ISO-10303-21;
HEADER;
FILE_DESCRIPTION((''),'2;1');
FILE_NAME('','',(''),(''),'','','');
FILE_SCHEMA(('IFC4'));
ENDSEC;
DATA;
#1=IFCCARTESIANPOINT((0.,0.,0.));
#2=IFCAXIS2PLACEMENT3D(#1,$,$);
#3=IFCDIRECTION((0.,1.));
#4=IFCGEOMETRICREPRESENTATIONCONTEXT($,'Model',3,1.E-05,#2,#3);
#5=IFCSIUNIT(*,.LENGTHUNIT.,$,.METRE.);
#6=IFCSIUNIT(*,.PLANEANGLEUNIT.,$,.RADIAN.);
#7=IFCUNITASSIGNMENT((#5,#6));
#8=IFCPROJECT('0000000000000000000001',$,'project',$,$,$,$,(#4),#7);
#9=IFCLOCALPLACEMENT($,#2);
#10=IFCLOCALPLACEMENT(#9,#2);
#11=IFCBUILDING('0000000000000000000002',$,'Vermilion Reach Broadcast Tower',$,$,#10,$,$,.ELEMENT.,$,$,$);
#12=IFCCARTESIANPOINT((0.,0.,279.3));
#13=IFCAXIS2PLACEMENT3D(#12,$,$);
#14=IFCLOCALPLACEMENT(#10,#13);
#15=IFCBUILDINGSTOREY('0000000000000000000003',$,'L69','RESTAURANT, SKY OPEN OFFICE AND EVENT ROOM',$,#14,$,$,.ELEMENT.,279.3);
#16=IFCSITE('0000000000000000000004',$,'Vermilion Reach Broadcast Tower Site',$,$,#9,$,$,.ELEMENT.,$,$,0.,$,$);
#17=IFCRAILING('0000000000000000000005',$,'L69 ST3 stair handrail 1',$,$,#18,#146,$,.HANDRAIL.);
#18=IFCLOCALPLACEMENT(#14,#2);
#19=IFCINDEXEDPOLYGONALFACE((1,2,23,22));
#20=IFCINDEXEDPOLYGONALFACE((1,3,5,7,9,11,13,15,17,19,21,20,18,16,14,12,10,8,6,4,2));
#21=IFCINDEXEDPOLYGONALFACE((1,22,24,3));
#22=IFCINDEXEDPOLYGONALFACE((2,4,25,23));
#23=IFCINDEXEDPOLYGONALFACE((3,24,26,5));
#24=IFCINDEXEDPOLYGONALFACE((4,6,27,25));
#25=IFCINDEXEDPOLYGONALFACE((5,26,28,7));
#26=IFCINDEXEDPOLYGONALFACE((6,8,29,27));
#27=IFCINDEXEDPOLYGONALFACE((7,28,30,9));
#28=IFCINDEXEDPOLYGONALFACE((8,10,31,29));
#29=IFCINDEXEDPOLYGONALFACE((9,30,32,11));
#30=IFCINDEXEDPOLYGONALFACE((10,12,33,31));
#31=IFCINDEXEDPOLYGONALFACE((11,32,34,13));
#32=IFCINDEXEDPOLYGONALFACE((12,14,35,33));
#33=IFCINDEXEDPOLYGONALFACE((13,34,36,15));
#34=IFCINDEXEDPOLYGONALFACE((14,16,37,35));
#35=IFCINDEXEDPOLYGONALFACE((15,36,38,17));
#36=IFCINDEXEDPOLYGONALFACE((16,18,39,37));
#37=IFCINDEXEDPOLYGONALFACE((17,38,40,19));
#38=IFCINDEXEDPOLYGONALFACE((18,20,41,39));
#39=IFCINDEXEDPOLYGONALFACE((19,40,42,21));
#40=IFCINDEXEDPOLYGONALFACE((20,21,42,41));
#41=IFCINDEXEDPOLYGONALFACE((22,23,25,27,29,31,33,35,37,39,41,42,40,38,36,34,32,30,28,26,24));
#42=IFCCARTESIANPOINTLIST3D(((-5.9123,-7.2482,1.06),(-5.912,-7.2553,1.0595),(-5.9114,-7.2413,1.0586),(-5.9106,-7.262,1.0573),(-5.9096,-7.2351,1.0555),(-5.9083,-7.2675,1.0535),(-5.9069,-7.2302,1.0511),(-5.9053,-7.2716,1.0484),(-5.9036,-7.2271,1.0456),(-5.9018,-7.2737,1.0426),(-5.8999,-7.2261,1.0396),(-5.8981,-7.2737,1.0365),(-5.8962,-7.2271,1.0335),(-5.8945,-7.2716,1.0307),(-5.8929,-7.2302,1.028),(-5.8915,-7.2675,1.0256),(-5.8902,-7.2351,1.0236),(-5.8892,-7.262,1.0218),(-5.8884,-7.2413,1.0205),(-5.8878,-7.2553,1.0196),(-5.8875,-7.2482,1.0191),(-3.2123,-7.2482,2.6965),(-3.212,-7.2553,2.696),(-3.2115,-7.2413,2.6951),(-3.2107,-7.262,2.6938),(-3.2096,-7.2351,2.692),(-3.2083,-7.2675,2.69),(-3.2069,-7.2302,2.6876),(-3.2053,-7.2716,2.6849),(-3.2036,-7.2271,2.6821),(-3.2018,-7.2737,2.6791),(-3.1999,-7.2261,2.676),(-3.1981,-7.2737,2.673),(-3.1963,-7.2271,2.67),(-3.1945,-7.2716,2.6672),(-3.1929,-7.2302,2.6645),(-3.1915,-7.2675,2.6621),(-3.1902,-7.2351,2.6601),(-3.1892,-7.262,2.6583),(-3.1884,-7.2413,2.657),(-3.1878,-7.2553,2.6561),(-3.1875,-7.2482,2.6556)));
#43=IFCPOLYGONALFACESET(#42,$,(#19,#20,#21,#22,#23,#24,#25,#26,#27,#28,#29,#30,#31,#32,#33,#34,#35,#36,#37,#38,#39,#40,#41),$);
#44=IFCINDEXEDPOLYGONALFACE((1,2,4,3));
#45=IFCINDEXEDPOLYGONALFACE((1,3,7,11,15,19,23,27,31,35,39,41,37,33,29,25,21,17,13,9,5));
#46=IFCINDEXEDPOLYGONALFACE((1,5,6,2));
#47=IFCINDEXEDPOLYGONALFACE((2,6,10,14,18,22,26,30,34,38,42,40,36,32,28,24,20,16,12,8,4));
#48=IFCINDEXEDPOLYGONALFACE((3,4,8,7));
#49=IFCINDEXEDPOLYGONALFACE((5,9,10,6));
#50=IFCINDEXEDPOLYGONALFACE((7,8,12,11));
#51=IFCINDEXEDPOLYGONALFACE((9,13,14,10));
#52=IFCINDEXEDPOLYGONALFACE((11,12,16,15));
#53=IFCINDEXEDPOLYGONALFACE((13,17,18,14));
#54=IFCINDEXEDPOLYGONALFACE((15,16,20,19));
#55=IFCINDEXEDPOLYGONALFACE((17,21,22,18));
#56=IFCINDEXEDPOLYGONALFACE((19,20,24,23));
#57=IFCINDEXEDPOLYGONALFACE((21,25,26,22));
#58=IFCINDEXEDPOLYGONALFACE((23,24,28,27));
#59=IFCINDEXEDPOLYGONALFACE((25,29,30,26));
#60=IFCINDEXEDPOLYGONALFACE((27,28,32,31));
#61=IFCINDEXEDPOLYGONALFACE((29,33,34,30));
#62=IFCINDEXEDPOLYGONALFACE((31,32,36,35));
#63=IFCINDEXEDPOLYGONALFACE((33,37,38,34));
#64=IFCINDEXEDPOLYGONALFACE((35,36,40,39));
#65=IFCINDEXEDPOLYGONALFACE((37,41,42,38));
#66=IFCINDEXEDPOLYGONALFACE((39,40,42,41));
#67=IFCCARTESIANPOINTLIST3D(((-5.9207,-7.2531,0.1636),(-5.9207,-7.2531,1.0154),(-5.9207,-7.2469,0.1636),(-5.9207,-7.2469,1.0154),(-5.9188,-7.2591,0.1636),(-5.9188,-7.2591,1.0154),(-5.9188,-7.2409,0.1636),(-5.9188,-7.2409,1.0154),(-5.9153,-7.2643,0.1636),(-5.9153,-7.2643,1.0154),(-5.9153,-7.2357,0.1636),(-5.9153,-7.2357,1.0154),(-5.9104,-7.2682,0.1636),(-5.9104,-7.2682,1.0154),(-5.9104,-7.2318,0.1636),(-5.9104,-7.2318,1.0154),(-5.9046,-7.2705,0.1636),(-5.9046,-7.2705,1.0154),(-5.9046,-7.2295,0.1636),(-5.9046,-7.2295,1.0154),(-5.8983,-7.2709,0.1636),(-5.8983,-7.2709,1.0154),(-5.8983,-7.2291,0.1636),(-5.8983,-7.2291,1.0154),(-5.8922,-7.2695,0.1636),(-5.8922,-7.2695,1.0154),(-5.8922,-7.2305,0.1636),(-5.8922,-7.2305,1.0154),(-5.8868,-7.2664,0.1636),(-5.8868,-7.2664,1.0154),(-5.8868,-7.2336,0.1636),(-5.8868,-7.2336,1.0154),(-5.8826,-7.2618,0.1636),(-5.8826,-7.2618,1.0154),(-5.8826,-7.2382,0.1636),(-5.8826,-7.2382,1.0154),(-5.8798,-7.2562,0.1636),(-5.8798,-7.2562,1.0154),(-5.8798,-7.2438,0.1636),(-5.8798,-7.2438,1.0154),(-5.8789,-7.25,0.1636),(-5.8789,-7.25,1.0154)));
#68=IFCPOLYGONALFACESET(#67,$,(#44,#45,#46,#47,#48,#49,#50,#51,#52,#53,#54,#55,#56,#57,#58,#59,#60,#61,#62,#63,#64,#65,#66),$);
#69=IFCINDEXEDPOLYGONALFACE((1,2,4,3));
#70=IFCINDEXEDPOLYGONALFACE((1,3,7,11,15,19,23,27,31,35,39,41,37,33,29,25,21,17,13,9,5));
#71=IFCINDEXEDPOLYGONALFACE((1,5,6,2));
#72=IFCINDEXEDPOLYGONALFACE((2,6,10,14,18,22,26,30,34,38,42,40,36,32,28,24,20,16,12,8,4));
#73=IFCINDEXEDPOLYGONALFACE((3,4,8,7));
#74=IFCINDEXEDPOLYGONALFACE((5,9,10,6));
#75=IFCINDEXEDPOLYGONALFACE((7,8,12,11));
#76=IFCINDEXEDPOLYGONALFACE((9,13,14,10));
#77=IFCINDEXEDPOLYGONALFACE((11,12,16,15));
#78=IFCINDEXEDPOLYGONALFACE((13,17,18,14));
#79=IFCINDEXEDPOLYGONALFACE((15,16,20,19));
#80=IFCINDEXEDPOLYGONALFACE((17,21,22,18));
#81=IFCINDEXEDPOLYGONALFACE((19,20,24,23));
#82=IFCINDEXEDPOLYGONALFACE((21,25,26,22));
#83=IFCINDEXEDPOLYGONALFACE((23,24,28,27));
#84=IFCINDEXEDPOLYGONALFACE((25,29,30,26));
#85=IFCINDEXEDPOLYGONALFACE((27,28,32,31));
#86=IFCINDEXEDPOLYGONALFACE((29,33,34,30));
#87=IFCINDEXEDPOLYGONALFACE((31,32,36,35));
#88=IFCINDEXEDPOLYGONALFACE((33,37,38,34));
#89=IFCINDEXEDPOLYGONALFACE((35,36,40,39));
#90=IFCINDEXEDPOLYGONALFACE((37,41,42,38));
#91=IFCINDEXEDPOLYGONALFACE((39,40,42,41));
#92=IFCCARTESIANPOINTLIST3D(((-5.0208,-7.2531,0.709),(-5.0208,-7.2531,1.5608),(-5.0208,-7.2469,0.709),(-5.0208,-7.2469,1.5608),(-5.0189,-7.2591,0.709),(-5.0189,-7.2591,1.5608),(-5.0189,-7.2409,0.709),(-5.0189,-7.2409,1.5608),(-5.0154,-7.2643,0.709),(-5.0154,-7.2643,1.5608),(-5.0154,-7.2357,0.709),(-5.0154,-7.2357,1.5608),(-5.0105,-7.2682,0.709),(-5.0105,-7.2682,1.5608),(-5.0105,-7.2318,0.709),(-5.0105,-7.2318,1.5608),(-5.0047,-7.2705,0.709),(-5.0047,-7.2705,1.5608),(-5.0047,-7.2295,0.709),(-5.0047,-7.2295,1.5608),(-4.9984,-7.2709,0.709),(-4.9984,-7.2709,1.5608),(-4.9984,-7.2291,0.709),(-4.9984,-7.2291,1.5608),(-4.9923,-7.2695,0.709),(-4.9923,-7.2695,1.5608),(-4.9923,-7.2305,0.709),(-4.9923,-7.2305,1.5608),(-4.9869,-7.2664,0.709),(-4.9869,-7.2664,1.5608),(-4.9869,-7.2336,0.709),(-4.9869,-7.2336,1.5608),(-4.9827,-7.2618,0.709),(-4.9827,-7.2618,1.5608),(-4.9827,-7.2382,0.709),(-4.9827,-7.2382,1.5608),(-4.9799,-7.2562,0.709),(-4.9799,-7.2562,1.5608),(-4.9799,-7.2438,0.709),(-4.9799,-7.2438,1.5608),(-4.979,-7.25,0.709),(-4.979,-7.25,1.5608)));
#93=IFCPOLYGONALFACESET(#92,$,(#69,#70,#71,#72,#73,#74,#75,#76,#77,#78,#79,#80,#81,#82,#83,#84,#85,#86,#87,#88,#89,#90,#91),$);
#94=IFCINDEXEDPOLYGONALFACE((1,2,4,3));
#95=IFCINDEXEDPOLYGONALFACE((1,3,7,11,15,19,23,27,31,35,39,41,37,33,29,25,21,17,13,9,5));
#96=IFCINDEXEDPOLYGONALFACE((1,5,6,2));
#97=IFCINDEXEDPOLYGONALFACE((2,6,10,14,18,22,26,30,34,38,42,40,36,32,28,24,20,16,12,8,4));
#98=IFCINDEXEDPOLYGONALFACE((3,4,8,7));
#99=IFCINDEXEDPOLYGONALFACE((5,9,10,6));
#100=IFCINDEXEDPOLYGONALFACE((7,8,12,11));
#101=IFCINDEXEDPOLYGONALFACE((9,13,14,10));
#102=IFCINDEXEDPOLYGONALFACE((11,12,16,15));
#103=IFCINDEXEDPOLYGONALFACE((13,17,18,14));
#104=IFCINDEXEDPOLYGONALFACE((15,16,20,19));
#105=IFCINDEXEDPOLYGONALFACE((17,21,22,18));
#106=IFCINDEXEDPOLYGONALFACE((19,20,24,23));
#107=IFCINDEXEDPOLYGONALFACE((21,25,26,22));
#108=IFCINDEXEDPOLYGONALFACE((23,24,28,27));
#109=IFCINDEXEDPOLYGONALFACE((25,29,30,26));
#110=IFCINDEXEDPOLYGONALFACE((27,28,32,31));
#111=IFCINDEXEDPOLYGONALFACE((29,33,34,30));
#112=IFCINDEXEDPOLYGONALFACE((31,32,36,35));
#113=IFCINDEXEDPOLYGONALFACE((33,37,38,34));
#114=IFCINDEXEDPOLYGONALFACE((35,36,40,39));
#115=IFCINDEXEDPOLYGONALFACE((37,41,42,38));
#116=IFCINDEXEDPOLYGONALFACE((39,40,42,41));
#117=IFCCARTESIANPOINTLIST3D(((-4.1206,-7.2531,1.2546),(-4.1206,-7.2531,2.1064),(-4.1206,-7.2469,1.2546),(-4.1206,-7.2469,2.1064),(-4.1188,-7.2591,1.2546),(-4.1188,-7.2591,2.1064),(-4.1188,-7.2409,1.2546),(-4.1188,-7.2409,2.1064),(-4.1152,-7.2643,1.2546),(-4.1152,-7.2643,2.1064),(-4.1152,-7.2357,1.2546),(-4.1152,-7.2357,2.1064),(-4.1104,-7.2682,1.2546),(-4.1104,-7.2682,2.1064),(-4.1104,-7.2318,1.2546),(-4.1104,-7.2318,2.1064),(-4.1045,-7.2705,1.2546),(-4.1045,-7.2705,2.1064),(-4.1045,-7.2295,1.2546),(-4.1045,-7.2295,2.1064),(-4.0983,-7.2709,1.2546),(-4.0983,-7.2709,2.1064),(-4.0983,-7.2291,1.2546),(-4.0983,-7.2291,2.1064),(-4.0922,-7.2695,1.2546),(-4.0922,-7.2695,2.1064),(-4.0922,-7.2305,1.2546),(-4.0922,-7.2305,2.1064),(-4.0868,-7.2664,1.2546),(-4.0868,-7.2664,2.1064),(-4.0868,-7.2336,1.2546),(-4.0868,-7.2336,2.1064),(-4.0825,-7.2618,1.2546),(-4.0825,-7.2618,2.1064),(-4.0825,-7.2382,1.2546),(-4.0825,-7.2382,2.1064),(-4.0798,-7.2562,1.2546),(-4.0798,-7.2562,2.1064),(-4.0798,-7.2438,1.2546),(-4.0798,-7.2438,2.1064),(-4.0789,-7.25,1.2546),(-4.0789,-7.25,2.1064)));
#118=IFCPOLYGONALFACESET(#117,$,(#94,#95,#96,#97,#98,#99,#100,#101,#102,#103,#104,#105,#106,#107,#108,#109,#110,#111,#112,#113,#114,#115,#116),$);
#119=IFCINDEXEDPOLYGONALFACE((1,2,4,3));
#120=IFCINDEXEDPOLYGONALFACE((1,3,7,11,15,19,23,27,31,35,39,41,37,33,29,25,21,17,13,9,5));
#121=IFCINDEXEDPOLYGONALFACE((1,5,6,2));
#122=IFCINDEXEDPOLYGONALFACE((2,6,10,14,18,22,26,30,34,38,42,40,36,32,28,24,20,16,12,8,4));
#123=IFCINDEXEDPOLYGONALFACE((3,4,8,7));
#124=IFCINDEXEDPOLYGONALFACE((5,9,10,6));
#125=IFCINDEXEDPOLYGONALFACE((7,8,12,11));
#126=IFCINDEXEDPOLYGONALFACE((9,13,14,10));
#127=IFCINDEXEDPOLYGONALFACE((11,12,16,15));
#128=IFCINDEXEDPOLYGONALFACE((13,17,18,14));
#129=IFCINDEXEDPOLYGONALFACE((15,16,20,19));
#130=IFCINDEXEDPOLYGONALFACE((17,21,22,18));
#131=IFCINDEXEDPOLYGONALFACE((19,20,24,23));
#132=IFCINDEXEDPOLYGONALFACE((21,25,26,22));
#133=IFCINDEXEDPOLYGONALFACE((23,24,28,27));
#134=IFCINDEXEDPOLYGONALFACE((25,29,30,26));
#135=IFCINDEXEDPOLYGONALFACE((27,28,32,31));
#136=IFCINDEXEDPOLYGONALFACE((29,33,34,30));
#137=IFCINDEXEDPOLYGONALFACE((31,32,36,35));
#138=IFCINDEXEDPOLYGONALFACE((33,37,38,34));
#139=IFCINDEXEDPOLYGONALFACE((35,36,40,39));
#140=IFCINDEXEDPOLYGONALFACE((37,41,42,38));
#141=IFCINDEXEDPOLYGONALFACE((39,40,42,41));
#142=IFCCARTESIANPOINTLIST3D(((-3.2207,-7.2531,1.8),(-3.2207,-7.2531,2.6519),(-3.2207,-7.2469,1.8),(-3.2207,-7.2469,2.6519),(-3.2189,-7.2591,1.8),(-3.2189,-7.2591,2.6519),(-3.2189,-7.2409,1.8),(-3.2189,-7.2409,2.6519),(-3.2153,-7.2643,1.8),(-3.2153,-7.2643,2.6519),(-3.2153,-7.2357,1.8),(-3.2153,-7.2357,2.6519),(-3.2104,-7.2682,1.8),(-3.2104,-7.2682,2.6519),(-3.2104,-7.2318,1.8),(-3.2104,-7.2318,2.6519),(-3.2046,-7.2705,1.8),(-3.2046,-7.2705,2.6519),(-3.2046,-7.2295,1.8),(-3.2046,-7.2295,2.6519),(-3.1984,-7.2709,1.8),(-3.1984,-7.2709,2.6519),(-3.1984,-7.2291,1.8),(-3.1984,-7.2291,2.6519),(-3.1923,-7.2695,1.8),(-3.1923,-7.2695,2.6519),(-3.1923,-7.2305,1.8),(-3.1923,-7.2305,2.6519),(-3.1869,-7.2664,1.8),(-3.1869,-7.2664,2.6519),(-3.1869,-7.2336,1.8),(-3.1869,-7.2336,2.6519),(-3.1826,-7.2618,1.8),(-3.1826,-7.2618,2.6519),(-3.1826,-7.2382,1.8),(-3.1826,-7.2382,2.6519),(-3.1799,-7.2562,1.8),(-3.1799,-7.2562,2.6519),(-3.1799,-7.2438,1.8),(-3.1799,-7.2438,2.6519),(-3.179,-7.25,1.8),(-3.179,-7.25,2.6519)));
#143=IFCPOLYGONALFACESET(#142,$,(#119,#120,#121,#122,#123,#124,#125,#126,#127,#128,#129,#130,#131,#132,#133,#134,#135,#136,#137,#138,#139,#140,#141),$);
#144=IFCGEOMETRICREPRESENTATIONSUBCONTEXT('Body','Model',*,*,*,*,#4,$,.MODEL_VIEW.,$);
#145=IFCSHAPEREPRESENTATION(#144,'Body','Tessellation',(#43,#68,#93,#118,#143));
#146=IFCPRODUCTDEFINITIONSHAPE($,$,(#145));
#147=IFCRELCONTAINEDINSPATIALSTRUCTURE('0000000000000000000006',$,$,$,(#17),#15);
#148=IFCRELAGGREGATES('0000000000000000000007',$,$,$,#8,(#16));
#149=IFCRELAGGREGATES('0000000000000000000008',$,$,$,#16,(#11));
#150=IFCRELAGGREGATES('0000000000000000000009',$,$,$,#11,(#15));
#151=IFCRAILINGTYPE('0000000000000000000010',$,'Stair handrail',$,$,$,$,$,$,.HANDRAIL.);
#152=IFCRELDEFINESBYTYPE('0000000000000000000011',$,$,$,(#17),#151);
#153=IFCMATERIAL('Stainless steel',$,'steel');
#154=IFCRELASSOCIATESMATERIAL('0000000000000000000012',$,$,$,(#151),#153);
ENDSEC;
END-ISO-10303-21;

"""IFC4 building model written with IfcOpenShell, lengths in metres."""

from ifc_helpers import new_model, si_unit, direction, frame, origin, origin_2d, place, context, subcontext, project, spatial, circle, extrude, material, type_object, element, save


model = new_model("IFC4")

# Units and contexts
model_context = context("Model", 3, precision=1e-05, world=origin(), true_north=direction((0.0, 1.0)))
body_context = subcontext(model_context, "Body", "Model", "MODEL_VIEW")
ifc_project = project(units=[si_unit("LENGTHUNIT", "METRE"), si_unit("PLANEANGLEUNIT", "RADIAN")], contexts=[model_context])

# Site, building, storey
site_placement = place(None, origin())
site = spatial("IfcSite", under=ifc_project, at=site_placement, Name="Vermilion Reach Broadcast Tower Site", CompositionType="ELEMENT", RefElevation=0.0)
building_placement = place(site_placement, origin())
building = spatial("IfcBuilding", under=site, at=building_placement, Name="Vermilion Reach Broadcast Tower", CompositionType="ELEMENT")
storey_placement = place(building_placement, frame((0.0, 0.0, 279.3)))
storey = spatial("IfcBuildingStorey", under=building, at=storey_placement, Name="L69", Description="RESTAURANT, SKY OPEN OFFICE AND EVENT ROOM", CompositionType="ELEMENT", Elevation=279.3)

# Railing
ifc_material_1 = material(Name="Stainless steel", Category="steel")
railing_type_1 = type_object("IfcRailingType", Name="Stair handrail", PredefinedType="HANDRAIL", material=ifc_material_1)
railing_1_placement = place(storey_placement, frame((-5.8999, -7.25, 0.1636)))
element("IfcRailing", 1, at=railing_1_placement, inside=storey, type_object=railing_type_1, Name="L69 ST3 stair handrail 1", PredefinedType="HANDRAIL", context=body_context, shape_type="SweptSolid", body=[
    extrude(circle(Radius=0.0239, at=origin_2d()), frame((0.0, 0.0, 0.876), z_axis=(0.855178, 0.0, 0.518334), x_axis=(0.0, 1.0, 0.0)), (0.0, 0.0, 1.0), 3.1572),
    extrude(circle(Radius=0.021, at=origin_2d()), origin(), (0.0, 0.0, 1.0), 0.8518),
    extrude(circle(Radius=0.021, at=origin_2d()), frame((0.8999, 0.0, 0.5454)), (0.0, 0.0, 1.0), 0.8518),
    extrude(circle(Radius=0.021, at=origin_2d()), frame((1.8, 0.0, 1.0911)), (0.0, 0.0, 1.0), 0.8518),
    extrude(circle(Radius=0.021, at=origin_2d()), frame((2.7, 0.0, 1.6365)), (0.0, 0.0, 1.0), 0.8518),
])

save(model, "model.ifc")
